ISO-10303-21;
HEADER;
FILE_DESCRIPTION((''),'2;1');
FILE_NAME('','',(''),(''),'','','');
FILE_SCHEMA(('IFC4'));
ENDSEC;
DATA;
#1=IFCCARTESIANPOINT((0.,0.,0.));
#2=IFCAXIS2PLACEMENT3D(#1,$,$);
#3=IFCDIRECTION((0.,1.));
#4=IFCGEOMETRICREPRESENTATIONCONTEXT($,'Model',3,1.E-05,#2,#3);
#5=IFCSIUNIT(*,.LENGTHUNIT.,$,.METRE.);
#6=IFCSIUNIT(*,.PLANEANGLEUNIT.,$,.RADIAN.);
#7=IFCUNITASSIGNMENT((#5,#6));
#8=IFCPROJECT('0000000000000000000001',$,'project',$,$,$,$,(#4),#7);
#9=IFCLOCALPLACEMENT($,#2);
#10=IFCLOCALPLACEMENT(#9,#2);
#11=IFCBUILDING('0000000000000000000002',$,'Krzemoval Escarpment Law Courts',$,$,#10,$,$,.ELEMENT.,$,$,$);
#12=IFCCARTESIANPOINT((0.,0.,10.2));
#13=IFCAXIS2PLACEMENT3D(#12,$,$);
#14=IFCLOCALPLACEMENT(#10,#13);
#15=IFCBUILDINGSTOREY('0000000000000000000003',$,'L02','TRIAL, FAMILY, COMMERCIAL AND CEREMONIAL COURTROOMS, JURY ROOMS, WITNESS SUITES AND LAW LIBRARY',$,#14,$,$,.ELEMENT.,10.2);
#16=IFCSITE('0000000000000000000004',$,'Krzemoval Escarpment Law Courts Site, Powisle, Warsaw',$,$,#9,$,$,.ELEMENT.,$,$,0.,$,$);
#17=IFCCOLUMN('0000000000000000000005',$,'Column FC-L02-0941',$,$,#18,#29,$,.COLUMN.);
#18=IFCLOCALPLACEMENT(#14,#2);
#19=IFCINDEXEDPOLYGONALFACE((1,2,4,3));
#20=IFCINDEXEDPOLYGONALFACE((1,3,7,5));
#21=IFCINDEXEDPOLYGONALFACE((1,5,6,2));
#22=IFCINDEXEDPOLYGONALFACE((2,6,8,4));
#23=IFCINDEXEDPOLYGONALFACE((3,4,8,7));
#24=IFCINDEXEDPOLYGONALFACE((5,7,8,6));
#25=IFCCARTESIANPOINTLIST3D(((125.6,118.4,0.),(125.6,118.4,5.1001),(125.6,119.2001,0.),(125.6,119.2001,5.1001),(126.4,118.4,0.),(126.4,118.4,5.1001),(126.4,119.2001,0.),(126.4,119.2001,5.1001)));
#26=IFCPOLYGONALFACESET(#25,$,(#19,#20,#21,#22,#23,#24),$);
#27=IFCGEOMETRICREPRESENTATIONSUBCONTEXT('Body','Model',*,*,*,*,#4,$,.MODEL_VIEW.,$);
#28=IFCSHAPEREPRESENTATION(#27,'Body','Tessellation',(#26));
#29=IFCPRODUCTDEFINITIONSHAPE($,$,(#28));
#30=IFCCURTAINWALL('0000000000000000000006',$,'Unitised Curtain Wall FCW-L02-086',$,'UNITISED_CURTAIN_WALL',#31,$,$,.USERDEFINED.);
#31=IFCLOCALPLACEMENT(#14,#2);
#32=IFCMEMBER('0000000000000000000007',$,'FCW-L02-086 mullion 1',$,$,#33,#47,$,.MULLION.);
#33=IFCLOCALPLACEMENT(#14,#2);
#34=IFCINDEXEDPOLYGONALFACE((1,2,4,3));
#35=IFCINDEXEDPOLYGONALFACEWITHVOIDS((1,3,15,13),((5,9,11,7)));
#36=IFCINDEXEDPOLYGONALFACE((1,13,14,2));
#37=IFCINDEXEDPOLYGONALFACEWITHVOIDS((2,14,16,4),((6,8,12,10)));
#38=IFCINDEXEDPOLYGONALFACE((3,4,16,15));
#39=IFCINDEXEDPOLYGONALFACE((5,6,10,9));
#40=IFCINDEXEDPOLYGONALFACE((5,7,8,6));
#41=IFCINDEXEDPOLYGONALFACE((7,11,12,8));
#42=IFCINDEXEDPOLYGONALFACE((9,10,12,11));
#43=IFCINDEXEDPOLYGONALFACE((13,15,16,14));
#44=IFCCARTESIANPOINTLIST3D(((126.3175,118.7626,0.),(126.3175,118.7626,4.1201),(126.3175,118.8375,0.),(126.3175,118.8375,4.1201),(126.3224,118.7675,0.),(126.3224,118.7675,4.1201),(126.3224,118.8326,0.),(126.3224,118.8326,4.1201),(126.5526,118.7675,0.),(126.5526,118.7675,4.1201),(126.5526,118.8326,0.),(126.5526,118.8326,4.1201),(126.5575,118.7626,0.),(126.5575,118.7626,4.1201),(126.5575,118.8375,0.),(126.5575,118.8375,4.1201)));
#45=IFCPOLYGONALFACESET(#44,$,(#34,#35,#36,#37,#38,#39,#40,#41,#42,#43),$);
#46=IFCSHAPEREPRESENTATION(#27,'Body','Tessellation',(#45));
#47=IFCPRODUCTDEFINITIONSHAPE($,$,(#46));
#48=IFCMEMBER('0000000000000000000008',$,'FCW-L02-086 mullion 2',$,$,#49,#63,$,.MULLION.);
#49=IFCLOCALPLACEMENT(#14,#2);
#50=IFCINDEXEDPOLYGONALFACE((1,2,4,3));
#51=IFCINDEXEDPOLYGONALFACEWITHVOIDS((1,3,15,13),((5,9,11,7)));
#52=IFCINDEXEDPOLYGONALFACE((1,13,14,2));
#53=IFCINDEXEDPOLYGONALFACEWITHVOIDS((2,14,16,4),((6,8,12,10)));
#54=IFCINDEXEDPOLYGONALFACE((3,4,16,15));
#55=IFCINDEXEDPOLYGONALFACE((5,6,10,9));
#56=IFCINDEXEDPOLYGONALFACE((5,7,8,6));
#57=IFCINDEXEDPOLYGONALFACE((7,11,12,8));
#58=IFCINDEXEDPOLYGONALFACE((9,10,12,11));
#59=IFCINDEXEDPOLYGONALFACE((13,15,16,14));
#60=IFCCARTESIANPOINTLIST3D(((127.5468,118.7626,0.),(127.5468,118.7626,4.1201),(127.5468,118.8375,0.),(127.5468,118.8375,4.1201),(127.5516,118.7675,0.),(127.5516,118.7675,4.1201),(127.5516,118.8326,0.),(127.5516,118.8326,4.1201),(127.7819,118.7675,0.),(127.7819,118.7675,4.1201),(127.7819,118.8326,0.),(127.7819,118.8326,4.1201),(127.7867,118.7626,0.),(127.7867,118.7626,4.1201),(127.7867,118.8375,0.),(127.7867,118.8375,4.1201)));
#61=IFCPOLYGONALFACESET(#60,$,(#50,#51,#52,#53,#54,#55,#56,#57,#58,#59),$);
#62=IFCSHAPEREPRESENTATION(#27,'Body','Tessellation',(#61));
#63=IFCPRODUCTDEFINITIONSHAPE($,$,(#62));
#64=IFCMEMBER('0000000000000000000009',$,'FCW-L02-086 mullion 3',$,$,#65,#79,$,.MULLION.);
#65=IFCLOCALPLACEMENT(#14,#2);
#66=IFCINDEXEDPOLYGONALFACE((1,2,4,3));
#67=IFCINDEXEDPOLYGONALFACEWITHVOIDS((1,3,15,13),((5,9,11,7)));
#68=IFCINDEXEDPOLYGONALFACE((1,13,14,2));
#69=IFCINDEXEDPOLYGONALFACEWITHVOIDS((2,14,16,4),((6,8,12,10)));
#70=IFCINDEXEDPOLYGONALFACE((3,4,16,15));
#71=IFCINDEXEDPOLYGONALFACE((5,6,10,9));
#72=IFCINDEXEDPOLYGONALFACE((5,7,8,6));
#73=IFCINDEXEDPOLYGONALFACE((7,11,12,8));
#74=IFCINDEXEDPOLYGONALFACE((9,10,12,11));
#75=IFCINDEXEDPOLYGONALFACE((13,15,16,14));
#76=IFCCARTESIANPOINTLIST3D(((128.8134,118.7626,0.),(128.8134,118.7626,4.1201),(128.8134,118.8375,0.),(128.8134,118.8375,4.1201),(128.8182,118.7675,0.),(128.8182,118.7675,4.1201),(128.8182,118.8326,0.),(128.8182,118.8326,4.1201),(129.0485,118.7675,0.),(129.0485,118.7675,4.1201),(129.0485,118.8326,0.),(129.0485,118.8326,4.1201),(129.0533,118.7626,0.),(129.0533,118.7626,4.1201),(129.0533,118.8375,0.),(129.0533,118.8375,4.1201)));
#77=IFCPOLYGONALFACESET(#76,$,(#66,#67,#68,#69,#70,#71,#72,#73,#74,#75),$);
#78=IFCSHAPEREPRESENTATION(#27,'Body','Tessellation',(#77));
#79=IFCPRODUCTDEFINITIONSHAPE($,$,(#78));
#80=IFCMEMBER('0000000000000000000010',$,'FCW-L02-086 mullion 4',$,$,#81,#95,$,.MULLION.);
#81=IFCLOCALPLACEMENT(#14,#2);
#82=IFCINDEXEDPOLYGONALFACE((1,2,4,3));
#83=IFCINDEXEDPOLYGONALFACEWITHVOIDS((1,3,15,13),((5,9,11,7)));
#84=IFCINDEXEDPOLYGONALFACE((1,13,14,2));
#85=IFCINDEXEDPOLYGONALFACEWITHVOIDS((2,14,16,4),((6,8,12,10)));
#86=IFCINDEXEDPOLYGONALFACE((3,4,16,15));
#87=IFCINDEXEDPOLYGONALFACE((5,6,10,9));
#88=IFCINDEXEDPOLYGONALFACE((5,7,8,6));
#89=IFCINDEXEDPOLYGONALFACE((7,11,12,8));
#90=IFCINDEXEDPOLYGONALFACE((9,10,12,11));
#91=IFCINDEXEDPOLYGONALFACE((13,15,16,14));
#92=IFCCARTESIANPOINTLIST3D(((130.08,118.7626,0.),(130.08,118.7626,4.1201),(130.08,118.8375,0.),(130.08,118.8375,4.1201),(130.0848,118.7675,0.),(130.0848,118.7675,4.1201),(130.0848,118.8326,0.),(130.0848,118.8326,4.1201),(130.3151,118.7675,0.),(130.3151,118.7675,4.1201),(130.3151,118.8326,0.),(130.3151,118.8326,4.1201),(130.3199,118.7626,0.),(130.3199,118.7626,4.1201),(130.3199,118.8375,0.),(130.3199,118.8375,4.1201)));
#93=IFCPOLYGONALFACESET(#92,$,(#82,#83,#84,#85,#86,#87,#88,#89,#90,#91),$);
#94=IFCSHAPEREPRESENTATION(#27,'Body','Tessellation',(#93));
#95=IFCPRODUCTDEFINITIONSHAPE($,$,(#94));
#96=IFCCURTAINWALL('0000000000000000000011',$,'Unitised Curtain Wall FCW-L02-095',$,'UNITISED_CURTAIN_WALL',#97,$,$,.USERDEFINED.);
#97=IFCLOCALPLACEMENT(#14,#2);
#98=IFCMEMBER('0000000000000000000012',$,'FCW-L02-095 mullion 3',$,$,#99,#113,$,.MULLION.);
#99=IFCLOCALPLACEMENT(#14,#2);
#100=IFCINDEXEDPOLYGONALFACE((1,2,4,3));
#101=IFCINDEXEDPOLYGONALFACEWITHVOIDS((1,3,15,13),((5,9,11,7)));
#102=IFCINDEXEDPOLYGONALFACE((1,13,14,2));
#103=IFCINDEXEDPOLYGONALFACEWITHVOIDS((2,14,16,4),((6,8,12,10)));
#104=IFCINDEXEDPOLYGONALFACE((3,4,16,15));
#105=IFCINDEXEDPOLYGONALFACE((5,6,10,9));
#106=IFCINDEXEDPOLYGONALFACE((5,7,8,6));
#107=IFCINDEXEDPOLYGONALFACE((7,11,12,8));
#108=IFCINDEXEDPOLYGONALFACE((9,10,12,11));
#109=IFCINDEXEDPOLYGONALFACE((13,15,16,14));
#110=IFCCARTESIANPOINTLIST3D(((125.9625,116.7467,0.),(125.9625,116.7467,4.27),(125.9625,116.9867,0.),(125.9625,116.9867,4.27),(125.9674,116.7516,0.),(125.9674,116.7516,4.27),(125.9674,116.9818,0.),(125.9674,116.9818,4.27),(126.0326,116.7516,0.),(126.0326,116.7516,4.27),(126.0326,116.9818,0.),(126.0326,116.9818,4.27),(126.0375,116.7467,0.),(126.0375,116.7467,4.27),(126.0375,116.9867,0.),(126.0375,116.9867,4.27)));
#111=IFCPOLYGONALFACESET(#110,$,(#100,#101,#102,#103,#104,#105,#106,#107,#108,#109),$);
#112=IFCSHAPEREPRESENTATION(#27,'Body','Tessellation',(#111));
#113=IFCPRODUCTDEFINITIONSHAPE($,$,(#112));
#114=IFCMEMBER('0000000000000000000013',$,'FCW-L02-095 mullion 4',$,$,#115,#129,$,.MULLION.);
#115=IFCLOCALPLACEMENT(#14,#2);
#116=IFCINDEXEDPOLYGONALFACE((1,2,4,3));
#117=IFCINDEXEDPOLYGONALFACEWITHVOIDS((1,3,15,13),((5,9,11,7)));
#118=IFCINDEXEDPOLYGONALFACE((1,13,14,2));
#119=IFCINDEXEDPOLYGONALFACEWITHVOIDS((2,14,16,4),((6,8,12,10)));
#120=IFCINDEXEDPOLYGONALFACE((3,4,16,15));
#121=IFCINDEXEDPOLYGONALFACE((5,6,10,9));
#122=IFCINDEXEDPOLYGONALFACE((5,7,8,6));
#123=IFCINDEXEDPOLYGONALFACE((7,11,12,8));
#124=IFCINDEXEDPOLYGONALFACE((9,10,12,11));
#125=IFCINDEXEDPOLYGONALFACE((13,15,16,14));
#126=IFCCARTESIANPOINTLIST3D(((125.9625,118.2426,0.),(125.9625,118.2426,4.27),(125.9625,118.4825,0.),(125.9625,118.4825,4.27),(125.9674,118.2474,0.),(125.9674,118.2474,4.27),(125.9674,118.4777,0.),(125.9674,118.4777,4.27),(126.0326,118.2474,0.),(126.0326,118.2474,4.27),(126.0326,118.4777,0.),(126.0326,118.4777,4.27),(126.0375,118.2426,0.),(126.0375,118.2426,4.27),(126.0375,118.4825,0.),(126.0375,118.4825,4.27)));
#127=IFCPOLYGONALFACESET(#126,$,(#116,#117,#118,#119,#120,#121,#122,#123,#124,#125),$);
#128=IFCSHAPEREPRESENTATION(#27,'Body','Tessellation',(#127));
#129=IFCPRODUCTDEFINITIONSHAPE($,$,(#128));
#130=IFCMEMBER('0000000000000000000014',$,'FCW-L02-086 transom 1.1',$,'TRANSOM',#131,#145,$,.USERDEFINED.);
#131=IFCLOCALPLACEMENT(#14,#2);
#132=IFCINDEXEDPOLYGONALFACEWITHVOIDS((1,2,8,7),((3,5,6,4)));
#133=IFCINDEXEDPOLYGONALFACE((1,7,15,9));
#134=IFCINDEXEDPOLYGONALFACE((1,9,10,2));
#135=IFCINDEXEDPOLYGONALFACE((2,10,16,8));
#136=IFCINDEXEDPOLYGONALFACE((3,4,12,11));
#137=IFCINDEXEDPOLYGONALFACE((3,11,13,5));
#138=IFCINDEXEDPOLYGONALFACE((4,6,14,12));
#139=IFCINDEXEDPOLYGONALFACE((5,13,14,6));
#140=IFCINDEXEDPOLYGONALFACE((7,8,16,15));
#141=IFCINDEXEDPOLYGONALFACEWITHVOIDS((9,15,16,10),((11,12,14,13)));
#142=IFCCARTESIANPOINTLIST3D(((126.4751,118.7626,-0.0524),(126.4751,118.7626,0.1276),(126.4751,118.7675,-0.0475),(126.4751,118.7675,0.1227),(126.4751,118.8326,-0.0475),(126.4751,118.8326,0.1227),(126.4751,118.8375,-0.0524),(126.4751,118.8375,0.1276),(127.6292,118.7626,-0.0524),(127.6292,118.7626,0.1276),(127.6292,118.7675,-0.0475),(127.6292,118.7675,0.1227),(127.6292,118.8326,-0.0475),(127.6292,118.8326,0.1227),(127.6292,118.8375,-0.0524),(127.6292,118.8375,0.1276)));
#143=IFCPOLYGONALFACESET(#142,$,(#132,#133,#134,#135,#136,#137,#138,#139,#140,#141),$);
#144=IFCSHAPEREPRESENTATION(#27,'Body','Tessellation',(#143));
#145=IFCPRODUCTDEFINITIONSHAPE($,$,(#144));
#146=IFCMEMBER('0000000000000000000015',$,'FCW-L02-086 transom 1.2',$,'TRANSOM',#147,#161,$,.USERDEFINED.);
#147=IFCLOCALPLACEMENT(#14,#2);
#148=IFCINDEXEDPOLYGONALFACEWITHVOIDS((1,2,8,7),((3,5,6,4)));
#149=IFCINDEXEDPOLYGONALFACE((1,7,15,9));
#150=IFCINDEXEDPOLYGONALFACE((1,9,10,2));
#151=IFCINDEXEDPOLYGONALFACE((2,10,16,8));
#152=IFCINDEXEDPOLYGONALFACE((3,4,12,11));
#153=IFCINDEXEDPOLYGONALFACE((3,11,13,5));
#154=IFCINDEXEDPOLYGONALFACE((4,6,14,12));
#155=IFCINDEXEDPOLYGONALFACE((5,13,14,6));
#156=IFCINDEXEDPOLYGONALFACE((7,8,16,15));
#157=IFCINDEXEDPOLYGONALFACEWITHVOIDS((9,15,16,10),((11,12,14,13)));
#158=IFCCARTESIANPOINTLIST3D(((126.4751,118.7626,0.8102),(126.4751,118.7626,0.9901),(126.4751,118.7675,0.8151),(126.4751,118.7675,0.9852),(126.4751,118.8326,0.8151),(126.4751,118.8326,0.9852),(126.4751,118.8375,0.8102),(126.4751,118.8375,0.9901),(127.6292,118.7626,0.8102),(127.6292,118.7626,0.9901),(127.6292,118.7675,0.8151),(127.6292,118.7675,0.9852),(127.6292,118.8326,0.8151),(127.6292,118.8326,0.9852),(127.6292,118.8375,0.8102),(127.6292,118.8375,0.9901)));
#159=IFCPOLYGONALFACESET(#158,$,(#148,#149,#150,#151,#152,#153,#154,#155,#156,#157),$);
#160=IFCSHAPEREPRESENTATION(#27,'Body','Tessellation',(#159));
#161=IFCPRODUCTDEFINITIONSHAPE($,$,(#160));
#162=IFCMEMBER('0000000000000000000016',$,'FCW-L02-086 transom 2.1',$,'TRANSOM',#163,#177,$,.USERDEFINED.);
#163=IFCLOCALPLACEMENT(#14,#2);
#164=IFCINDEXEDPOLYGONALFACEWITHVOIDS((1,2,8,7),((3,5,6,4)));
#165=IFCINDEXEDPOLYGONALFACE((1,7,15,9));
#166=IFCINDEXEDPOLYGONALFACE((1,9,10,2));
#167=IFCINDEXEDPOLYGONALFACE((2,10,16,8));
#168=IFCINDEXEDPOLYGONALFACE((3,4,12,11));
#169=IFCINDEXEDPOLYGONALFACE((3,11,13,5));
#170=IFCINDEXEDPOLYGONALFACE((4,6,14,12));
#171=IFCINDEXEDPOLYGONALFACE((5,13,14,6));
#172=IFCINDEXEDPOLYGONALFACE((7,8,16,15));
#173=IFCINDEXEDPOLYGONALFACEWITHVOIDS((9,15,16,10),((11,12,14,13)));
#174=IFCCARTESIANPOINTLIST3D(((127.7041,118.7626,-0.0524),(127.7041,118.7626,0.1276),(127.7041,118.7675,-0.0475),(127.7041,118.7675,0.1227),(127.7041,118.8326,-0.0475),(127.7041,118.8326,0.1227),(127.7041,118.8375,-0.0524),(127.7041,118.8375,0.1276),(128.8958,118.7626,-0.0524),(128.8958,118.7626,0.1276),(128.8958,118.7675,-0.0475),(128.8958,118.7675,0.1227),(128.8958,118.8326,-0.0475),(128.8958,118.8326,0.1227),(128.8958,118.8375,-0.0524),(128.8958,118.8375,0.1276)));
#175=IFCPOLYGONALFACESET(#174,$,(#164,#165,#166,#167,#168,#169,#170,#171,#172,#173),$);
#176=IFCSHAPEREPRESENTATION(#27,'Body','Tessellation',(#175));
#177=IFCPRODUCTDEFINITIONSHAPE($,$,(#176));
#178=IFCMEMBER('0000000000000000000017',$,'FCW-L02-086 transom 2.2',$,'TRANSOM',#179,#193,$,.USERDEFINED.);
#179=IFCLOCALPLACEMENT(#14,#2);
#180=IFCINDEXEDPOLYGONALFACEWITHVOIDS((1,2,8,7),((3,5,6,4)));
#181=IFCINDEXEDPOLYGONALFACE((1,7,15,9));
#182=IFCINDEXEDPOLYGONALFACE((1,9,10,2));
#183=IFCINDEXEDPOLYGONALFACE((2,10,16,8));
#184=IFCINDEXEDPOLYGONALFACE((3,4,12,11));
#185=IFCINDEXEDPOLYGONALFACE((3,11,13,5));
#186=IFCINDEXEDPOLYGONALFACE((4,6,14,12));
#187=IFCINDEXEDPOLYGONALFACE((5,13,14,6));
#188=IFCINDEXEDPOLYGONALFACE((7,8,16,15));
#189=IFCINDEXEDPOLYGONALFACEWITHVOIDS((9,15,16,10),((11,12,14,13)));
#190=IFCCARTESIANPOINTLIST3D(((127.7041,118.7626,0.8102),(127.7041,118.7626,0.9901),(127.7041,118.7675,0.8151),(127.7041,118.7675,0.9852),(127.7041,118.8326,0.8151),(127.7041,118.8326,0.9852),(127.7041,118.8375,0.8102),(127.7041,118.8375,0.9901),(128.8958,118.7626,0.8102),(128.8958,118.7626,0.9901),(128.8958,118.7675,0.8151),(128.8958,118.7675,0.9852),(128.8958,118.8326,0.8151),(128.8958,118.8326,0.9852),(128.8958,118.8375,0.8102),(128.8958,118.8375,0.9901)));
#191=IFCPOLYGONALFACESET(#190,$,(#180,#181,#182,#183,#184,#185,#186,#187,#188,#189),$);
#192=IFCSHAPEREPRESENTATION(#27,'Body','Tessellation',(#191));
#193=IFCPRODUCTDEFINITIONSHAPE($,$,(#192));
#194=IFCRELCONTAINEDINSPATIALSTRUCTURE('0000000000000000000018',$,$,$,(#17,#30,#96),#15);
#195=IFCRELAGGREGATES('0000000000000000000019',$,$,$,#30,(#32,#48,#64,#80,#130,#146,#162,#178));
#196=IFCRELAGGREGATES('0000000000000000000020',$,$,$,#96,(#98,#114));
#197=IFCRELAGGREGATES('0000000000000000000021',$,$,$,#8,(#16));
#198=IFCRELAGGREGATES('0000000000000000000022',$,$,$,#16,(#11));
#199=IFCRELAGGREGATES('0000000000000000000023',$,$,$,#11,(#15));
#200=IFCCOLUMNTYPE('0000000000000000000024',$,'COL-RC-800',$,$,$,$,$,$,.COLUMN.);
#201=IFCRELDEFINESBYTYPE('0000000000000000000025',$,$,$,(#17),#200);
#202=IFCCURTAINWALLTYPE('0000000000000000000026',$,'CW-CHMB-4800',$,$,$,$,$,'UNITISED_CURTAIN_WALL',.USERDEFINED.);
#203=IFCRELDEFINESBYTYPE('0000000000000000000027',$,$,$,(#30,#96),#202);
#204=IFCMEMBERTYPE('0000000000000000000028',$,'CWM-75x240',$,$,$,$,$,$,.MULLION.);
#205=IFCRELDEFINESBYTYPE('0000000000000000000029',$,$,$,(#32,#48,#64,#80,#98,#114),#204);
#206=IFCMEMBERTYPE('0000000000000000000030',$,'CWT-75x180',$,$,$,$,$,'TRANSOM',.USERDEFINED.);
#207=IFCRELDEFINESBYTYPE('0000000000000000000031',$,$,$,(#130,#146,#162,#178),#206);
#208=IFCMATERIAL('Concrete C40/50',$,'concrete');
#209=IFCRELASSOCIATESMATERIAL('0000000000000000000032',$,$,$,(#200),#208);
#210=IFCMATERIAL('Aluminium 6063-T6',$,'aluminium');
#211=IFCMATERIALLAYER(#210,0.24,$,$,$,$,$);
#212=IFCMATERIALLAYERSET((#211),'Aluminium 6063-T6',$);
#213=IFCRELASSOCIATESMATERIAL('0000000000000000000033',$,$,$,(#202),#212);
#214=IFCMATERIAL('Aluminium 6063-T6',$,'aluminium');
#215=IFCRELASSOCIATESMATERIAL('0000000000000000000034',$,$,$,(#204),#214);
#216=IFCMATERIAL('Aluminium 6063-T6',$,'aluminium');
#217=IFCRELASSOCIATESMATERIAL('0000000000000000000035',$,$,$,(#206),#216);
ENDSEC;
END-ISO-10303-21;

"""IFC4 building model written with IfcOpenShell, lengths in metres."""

from ifc_helpers import new_model, si_unit, direction, frame, origin, origin_2d, place, context, subcontext, project, spatial, rectangle, hollow_rectangle, extrude, material, layer, layer_set, material_profile, profile_set, type_object, element, aggregate, save


model = new_model("IFC4")

# Units and contexts
model_context = context("Model", 3, precision=1e-05, world=origin(), true_north=direction((0.0, 1.0)))
body_context = subcontext(model_context, "Body", "Model", "MODEL_VIEW")
ifc_project = project(units=[si_unit("LENGTHUNIT", "METRE"), si_unit("PLANEANGLEUNIT", "RADIAN")], contexts=[model_context])

# Site, building, storey
site_placement = place(None, origin())
site = spatial("IfcSite", under=ifc_project, at=site_placement, Name="Krzemoval Escarpment Law Courts Site, Powisle, Warsaw", CompositionType="ELEMENT", RefElevation=0.0)
building_placement = place(site_placement, origin())
building = spatial("IfcBuilding", under=site, at=building_placement, Name="Krzemoval Escarpment Law Courts", CompositionType="ELEMENT")
storey_placement = place(building_placement, frame((0.0, 0.0, 10.2)))
storey = spatial("IfcBuildingStorey", under=building, at=storey_placement, Name="L02", Description="TRIAL, FAMILY, COMMERCIAL AND CEREMONIAL COURTROOMS, JURY ROOMS, WITNESS SUITES AND LAW LIBRARY", CompositionType="ELEMENT", Elevation=10.2)

# Column
ifc_material_1 = material(Name="Concrete C40/50", Category="concrete")
ifc_material_profile_1 = material_profile(ifc_material_1, rectangle(XDim=0.8, YDim=0.8, at=origin_2d()), Name="RC 800x800")
ifc_profile_set_1 = profile_set([ifc_material_profile_1], Name="Concrete C40/50")
column_type = type_object("IfcColumnType", Name="COL-RC-800", PredefinedType="COLUMN", material=ifc_profile_set_1)
column_placement = place(storey_placement, frame((126.0, 118.8, 0.0), z_axis=(0.0, 0.0, 1.0), x_axis=(1.0, 0.0, 0.0)))
element("IfcColumn", 1, at=column_placement, inside=storey, type_object=column_type, Name="Column FC-L02-0941", PredefinedType="COLUMN", context=body_context, shape_type="SweptSolid", body=[
    extrude(rectangle(XDim=0.8, YDim=0.8, at=origin_2d()), origin(), (0.0, 0.0, 1.0), 5.1001),
])

# Curtain walls, members
ifc_material_2 = material(Name="Aluminium 6063-T6", Category="aluminium")
ifc_layer_1 = layer(ifc_material_2, 0.24)
ifc_layer_set_1 = layer_set([ifc_layer_1], Name="Aluminium 6063-T6")
curtain_wall_type = type_object("IfcCurtainWallType", Name="CW-CHMB-4800", ElementType="UNITISED_CURTAIN_WALL", PredefinedType="USERDEFINED", material=ifc_layer_set_1)
curtain_wall_1_placement = place(storey_placement, origin())
curtain_wall_1 = element("IfcCurtainWall", 2, at=curtain_wall_1_placement, inside=storey, type_object=curtain_wall_type, Name="Unitised Curtain Wall FCW-L02-086", ObjectType="UNITISED_CURTAIN_WALL", PredefinedType="USERDEFINED")
ifc_material_3 = material(Name="Aluminium 6063-T6", Category="aluminium")
ifc_material_profile_2 = material_profile(ifc_material_3, hollow_rectangle(XDim=0.075, YDim=0.24, WallThickness=0.0049, at=origin_2d()), Name="ALU M75x240")
ifc_profile_set_2 = profile_set([ifc_material_profile_2], Name="Aluminium 6063-T6")
member_type_1 = type_object("IfcMemberType", Name="CWM-75x240", PredefinedType="MULLION", material=ifc_profile_set_2)
member_1_placement = place(storey_placement, frame((126.4375, 118.8, 0.0), z_axis=(0.0, 0.0, 1.0), x_axis=(0.0, 1.0, 0.0)))
member_1 = element("IfcMember", 3, at=member_1_placement, type_object=member_type_1, Name="FCW-L02-086 mullion 1", PredefinedType="MULLION", context=body_context, shape_type="SweptSolid", body=[
    extrude(hollow_rectangle(XDim=0.075, YDim=0.24, WallThickness=0.0049, at=origin_2d()), origin(), (0.0, 0.0, 1.0), 4.1201),
])
member_2_placement = place(storey_placement, frame((127.6667, 118.8, 0.0), z_axis=(0.0, 0.0, 1.0), x_axis=(0.0, 1.0, 0.0)))
member_2 = element("IfcMember", 4, at=member_2_placement, type_object=member_type_1, Name="FCW-L02-086 mullion 2", PredefinedType="MULLION", context=body_context, shape_type="SweptSolid", body=[
    extrude(hollow_rectangle(XDim=0.075, YDim=0.24, WallThickness=0.0049, at=origin_2d()), origin(), (0.0, 0.0, 1.0), 4.1201),
])
member_3_placement = place(storey_placement, frame((128.9333, 118.8, 0.0), z_axis=(0.0, 0.0, 1.0), x_axis=(0.0, 1.0, 0.0)))
member_3 = element("IfcMember", 5, at=member_3_placement, type_object=member_type_1, Name="FCW-L02-086 mullion 3", PredefinedType="MULLION", context=body_context, shape_type="SweptSolid", body=[
    extrude(hollow_rectangle(XDim=0.075, YDim=0.24, WallThickness=0.0049, at=origin_2d()), origin(), (0.0, 0.0, 1.0), 4.1201),
])
member_4_placement = place(storey_placement, frame((130.2, 118.8, 0.0), z_axis=(0.0, 0.0, 1.0), x_axis=(0.0, 1.0, 0.0)))
member_4 = element("IfcMember", 6, at=member_4_placement, type_object=member_type_1, Name="FCW-L02-086 mullion 4", PredefinedType="MULLION", context=body_context, shape_type="SweptSolid", body=[
    extrude(hollow_rectangle(XDim=0.075, YDim=0.24, WallThickness=0.0049, at=origin_2d()), origin(), (0.0, 0.0, 1.0), 4.1201),
])
curtain_wall_2_placement = place(storey_placement, origin())
curtain_wall_2 = element("IfcCurtainWall", 7, at=curtain_wall_2_placement, inside=storey, type_object=curtain_wall_type, Name="Unitised Curtain Wall FCW-L02-095", ObjectType="UNITISED_CURTAIN_WALL", PredefinedType="USERDEFINED")
member_5_placement = place(storey_placement, frame((126.0, 116.8667, 0.0), z_axis=(0.0, 0.0, 1.0), x_axis=(-1.0, 0.0, 0.0)))
member_5 = element("IfcMember", 8, at=member_5_placement, type_object=member_type_1, Name="FCW-L02-095 mullion 3", PredefinedType="MULLION", context=body_context, shape_type="SweptSolid", body=[
    extrude(hollow_rectangle(XDim=0.075, YDim=0.24, WallThickness=0.0049, at=origin_2d()), origin(), (0.0, 0.0, 1.0), 4.27),
])
member_6_placement = place(storey_placement, frame((126.0, 118.3625, 0.0), z_axis=(0.0, 0.0, 1.0), x_axis=(-1.0, 0.0, 0.0)))
member_6 = element("IfcMember", 9, at=member_6_placement, type_object=member_type_1, Name="FCW-L02-095 mullion 4", PredefinedType="MULLION", context=body_context, shape_type="SweptSolid", body=[
    extrude(hollow_rectangle(XDim=0.075, YDim=0.24, WallThickness=0.0049, at=origin_2d()), origin(), (0.0, 0.0, 1.0), 4.27),
])

# Members
ifc_material_4 = material(Name="Aluminium 6063-T6", Category="aluminium")
ifc_material_profile_3 = material_profile(ifc_material_4, hollow_rectangle(XDim=0.075, YDim=0.1799, WallThickness=0.0049, at=origin_2d()), Name="ALU T75x180")
ifc_profile_set_3 = profile_set([ifc_material_profile_3], Name="Aluminium 6063-T6")
member_type_2 = type_object("IfcMemberType", Name="CWT-75x180", ElementType="TRANSOM", PredefinedType="USERDEFINED", material=ifc_profile_set_3)
member_7_placement = place(storey_placement, frame((126.4751, 118.8, 0.0376), z_axis=(1.0, 0.0, 0.0), x_axis=(0.0, 1.0, 0.0)))
member_7 = element("IfcMember", 10, at=member_7_placement, type_object=member_type_2, Name="FCW-L02-086 transom 1.1", ObjectType="TRANSOM", PredefinedType="USERDEFINED", context=body_context, shape_type="SweptSolid", body=[
    extrude(hollow_rectangle(XDim=0.075, YDim=0.1799, WallThickness=0.0049, at=origin_2d()), origin(), (0.0, 0.0, 1.0), 1.1541),
])
member_8_placement = place(storey_placement, frame((126.4751, 118.8, 0.9001), z_axis=(1.0, 0.0, 0.0), x_axis=(0.0, 1.0, 0.0)))
member_8 = element("IfcMember", 11, at=member_8_placement, type_object=member_type_2, Name="FCW-L02-086 transom 1.2", ObjectType="TRANSOM", PredefinedType="USERDEFINED", context=body_context, shape_type="SweptSolid", body=[
    extrude(hollow_rectangle(XDim=0.075, YDim=0.1799, WallThickness=0.0049, at=origin_2d()), origin(), (0.0, 0.0, 1.0), 1.1541),
])
member_9_placement = place(storey_placement, frame((127.7041, 118.8, 0.0376), z_axis=(1.0, 0.0, 0.0), x_axis=(0.0, 1.0, 0.0)))
member_9 = element("IfcMember", 12, at=member_9_placement, type_object=member_type_2, Name="FCW-L02-086 transom 2.1", ObjectType="TRANSOM", PredefinedType="USERDEFINED", context=body_context, shape_type="SweptSolid", body=[
    extrude(hollow_rectangle(XDim=0.075, YDim=0.1799, WallThickness=0.0049, at=origin_2d()), origin(), (0.0, 0.0, 1.0), 1.1917),
])
member_10_placement = place(storey_placement, frame((127.7041, 118.8, 0.9001), z_axis=(1.0, 0.0, 0.0), x_axis=(0.0, 1.0, 0.0)))
member_10 = element("IfcMember", 13, at=member_10_placement, type_object=member_type_2, Name="FCW-L02-086 transom 2.2", ObjectType="TRANSOM", PredefinedType="USERDEFINED", context=body_context, shape_type="SweptSolid", body=[
    extrude(hollow_rectangle(XDim=0.075, YDim=0.1799, WallThickness=0.0049, at=origin_2d()), origin(), (0.0, 0.0, 1.0), 1.1917),
])

aggregate(curtain_wall_1, [member_1, member_2, member_3, member_4, member_7, member_8, member_9, member_10])
aggregate(curtain_wall_2, [member_5, member_6])

save(model, "model.ifc")
